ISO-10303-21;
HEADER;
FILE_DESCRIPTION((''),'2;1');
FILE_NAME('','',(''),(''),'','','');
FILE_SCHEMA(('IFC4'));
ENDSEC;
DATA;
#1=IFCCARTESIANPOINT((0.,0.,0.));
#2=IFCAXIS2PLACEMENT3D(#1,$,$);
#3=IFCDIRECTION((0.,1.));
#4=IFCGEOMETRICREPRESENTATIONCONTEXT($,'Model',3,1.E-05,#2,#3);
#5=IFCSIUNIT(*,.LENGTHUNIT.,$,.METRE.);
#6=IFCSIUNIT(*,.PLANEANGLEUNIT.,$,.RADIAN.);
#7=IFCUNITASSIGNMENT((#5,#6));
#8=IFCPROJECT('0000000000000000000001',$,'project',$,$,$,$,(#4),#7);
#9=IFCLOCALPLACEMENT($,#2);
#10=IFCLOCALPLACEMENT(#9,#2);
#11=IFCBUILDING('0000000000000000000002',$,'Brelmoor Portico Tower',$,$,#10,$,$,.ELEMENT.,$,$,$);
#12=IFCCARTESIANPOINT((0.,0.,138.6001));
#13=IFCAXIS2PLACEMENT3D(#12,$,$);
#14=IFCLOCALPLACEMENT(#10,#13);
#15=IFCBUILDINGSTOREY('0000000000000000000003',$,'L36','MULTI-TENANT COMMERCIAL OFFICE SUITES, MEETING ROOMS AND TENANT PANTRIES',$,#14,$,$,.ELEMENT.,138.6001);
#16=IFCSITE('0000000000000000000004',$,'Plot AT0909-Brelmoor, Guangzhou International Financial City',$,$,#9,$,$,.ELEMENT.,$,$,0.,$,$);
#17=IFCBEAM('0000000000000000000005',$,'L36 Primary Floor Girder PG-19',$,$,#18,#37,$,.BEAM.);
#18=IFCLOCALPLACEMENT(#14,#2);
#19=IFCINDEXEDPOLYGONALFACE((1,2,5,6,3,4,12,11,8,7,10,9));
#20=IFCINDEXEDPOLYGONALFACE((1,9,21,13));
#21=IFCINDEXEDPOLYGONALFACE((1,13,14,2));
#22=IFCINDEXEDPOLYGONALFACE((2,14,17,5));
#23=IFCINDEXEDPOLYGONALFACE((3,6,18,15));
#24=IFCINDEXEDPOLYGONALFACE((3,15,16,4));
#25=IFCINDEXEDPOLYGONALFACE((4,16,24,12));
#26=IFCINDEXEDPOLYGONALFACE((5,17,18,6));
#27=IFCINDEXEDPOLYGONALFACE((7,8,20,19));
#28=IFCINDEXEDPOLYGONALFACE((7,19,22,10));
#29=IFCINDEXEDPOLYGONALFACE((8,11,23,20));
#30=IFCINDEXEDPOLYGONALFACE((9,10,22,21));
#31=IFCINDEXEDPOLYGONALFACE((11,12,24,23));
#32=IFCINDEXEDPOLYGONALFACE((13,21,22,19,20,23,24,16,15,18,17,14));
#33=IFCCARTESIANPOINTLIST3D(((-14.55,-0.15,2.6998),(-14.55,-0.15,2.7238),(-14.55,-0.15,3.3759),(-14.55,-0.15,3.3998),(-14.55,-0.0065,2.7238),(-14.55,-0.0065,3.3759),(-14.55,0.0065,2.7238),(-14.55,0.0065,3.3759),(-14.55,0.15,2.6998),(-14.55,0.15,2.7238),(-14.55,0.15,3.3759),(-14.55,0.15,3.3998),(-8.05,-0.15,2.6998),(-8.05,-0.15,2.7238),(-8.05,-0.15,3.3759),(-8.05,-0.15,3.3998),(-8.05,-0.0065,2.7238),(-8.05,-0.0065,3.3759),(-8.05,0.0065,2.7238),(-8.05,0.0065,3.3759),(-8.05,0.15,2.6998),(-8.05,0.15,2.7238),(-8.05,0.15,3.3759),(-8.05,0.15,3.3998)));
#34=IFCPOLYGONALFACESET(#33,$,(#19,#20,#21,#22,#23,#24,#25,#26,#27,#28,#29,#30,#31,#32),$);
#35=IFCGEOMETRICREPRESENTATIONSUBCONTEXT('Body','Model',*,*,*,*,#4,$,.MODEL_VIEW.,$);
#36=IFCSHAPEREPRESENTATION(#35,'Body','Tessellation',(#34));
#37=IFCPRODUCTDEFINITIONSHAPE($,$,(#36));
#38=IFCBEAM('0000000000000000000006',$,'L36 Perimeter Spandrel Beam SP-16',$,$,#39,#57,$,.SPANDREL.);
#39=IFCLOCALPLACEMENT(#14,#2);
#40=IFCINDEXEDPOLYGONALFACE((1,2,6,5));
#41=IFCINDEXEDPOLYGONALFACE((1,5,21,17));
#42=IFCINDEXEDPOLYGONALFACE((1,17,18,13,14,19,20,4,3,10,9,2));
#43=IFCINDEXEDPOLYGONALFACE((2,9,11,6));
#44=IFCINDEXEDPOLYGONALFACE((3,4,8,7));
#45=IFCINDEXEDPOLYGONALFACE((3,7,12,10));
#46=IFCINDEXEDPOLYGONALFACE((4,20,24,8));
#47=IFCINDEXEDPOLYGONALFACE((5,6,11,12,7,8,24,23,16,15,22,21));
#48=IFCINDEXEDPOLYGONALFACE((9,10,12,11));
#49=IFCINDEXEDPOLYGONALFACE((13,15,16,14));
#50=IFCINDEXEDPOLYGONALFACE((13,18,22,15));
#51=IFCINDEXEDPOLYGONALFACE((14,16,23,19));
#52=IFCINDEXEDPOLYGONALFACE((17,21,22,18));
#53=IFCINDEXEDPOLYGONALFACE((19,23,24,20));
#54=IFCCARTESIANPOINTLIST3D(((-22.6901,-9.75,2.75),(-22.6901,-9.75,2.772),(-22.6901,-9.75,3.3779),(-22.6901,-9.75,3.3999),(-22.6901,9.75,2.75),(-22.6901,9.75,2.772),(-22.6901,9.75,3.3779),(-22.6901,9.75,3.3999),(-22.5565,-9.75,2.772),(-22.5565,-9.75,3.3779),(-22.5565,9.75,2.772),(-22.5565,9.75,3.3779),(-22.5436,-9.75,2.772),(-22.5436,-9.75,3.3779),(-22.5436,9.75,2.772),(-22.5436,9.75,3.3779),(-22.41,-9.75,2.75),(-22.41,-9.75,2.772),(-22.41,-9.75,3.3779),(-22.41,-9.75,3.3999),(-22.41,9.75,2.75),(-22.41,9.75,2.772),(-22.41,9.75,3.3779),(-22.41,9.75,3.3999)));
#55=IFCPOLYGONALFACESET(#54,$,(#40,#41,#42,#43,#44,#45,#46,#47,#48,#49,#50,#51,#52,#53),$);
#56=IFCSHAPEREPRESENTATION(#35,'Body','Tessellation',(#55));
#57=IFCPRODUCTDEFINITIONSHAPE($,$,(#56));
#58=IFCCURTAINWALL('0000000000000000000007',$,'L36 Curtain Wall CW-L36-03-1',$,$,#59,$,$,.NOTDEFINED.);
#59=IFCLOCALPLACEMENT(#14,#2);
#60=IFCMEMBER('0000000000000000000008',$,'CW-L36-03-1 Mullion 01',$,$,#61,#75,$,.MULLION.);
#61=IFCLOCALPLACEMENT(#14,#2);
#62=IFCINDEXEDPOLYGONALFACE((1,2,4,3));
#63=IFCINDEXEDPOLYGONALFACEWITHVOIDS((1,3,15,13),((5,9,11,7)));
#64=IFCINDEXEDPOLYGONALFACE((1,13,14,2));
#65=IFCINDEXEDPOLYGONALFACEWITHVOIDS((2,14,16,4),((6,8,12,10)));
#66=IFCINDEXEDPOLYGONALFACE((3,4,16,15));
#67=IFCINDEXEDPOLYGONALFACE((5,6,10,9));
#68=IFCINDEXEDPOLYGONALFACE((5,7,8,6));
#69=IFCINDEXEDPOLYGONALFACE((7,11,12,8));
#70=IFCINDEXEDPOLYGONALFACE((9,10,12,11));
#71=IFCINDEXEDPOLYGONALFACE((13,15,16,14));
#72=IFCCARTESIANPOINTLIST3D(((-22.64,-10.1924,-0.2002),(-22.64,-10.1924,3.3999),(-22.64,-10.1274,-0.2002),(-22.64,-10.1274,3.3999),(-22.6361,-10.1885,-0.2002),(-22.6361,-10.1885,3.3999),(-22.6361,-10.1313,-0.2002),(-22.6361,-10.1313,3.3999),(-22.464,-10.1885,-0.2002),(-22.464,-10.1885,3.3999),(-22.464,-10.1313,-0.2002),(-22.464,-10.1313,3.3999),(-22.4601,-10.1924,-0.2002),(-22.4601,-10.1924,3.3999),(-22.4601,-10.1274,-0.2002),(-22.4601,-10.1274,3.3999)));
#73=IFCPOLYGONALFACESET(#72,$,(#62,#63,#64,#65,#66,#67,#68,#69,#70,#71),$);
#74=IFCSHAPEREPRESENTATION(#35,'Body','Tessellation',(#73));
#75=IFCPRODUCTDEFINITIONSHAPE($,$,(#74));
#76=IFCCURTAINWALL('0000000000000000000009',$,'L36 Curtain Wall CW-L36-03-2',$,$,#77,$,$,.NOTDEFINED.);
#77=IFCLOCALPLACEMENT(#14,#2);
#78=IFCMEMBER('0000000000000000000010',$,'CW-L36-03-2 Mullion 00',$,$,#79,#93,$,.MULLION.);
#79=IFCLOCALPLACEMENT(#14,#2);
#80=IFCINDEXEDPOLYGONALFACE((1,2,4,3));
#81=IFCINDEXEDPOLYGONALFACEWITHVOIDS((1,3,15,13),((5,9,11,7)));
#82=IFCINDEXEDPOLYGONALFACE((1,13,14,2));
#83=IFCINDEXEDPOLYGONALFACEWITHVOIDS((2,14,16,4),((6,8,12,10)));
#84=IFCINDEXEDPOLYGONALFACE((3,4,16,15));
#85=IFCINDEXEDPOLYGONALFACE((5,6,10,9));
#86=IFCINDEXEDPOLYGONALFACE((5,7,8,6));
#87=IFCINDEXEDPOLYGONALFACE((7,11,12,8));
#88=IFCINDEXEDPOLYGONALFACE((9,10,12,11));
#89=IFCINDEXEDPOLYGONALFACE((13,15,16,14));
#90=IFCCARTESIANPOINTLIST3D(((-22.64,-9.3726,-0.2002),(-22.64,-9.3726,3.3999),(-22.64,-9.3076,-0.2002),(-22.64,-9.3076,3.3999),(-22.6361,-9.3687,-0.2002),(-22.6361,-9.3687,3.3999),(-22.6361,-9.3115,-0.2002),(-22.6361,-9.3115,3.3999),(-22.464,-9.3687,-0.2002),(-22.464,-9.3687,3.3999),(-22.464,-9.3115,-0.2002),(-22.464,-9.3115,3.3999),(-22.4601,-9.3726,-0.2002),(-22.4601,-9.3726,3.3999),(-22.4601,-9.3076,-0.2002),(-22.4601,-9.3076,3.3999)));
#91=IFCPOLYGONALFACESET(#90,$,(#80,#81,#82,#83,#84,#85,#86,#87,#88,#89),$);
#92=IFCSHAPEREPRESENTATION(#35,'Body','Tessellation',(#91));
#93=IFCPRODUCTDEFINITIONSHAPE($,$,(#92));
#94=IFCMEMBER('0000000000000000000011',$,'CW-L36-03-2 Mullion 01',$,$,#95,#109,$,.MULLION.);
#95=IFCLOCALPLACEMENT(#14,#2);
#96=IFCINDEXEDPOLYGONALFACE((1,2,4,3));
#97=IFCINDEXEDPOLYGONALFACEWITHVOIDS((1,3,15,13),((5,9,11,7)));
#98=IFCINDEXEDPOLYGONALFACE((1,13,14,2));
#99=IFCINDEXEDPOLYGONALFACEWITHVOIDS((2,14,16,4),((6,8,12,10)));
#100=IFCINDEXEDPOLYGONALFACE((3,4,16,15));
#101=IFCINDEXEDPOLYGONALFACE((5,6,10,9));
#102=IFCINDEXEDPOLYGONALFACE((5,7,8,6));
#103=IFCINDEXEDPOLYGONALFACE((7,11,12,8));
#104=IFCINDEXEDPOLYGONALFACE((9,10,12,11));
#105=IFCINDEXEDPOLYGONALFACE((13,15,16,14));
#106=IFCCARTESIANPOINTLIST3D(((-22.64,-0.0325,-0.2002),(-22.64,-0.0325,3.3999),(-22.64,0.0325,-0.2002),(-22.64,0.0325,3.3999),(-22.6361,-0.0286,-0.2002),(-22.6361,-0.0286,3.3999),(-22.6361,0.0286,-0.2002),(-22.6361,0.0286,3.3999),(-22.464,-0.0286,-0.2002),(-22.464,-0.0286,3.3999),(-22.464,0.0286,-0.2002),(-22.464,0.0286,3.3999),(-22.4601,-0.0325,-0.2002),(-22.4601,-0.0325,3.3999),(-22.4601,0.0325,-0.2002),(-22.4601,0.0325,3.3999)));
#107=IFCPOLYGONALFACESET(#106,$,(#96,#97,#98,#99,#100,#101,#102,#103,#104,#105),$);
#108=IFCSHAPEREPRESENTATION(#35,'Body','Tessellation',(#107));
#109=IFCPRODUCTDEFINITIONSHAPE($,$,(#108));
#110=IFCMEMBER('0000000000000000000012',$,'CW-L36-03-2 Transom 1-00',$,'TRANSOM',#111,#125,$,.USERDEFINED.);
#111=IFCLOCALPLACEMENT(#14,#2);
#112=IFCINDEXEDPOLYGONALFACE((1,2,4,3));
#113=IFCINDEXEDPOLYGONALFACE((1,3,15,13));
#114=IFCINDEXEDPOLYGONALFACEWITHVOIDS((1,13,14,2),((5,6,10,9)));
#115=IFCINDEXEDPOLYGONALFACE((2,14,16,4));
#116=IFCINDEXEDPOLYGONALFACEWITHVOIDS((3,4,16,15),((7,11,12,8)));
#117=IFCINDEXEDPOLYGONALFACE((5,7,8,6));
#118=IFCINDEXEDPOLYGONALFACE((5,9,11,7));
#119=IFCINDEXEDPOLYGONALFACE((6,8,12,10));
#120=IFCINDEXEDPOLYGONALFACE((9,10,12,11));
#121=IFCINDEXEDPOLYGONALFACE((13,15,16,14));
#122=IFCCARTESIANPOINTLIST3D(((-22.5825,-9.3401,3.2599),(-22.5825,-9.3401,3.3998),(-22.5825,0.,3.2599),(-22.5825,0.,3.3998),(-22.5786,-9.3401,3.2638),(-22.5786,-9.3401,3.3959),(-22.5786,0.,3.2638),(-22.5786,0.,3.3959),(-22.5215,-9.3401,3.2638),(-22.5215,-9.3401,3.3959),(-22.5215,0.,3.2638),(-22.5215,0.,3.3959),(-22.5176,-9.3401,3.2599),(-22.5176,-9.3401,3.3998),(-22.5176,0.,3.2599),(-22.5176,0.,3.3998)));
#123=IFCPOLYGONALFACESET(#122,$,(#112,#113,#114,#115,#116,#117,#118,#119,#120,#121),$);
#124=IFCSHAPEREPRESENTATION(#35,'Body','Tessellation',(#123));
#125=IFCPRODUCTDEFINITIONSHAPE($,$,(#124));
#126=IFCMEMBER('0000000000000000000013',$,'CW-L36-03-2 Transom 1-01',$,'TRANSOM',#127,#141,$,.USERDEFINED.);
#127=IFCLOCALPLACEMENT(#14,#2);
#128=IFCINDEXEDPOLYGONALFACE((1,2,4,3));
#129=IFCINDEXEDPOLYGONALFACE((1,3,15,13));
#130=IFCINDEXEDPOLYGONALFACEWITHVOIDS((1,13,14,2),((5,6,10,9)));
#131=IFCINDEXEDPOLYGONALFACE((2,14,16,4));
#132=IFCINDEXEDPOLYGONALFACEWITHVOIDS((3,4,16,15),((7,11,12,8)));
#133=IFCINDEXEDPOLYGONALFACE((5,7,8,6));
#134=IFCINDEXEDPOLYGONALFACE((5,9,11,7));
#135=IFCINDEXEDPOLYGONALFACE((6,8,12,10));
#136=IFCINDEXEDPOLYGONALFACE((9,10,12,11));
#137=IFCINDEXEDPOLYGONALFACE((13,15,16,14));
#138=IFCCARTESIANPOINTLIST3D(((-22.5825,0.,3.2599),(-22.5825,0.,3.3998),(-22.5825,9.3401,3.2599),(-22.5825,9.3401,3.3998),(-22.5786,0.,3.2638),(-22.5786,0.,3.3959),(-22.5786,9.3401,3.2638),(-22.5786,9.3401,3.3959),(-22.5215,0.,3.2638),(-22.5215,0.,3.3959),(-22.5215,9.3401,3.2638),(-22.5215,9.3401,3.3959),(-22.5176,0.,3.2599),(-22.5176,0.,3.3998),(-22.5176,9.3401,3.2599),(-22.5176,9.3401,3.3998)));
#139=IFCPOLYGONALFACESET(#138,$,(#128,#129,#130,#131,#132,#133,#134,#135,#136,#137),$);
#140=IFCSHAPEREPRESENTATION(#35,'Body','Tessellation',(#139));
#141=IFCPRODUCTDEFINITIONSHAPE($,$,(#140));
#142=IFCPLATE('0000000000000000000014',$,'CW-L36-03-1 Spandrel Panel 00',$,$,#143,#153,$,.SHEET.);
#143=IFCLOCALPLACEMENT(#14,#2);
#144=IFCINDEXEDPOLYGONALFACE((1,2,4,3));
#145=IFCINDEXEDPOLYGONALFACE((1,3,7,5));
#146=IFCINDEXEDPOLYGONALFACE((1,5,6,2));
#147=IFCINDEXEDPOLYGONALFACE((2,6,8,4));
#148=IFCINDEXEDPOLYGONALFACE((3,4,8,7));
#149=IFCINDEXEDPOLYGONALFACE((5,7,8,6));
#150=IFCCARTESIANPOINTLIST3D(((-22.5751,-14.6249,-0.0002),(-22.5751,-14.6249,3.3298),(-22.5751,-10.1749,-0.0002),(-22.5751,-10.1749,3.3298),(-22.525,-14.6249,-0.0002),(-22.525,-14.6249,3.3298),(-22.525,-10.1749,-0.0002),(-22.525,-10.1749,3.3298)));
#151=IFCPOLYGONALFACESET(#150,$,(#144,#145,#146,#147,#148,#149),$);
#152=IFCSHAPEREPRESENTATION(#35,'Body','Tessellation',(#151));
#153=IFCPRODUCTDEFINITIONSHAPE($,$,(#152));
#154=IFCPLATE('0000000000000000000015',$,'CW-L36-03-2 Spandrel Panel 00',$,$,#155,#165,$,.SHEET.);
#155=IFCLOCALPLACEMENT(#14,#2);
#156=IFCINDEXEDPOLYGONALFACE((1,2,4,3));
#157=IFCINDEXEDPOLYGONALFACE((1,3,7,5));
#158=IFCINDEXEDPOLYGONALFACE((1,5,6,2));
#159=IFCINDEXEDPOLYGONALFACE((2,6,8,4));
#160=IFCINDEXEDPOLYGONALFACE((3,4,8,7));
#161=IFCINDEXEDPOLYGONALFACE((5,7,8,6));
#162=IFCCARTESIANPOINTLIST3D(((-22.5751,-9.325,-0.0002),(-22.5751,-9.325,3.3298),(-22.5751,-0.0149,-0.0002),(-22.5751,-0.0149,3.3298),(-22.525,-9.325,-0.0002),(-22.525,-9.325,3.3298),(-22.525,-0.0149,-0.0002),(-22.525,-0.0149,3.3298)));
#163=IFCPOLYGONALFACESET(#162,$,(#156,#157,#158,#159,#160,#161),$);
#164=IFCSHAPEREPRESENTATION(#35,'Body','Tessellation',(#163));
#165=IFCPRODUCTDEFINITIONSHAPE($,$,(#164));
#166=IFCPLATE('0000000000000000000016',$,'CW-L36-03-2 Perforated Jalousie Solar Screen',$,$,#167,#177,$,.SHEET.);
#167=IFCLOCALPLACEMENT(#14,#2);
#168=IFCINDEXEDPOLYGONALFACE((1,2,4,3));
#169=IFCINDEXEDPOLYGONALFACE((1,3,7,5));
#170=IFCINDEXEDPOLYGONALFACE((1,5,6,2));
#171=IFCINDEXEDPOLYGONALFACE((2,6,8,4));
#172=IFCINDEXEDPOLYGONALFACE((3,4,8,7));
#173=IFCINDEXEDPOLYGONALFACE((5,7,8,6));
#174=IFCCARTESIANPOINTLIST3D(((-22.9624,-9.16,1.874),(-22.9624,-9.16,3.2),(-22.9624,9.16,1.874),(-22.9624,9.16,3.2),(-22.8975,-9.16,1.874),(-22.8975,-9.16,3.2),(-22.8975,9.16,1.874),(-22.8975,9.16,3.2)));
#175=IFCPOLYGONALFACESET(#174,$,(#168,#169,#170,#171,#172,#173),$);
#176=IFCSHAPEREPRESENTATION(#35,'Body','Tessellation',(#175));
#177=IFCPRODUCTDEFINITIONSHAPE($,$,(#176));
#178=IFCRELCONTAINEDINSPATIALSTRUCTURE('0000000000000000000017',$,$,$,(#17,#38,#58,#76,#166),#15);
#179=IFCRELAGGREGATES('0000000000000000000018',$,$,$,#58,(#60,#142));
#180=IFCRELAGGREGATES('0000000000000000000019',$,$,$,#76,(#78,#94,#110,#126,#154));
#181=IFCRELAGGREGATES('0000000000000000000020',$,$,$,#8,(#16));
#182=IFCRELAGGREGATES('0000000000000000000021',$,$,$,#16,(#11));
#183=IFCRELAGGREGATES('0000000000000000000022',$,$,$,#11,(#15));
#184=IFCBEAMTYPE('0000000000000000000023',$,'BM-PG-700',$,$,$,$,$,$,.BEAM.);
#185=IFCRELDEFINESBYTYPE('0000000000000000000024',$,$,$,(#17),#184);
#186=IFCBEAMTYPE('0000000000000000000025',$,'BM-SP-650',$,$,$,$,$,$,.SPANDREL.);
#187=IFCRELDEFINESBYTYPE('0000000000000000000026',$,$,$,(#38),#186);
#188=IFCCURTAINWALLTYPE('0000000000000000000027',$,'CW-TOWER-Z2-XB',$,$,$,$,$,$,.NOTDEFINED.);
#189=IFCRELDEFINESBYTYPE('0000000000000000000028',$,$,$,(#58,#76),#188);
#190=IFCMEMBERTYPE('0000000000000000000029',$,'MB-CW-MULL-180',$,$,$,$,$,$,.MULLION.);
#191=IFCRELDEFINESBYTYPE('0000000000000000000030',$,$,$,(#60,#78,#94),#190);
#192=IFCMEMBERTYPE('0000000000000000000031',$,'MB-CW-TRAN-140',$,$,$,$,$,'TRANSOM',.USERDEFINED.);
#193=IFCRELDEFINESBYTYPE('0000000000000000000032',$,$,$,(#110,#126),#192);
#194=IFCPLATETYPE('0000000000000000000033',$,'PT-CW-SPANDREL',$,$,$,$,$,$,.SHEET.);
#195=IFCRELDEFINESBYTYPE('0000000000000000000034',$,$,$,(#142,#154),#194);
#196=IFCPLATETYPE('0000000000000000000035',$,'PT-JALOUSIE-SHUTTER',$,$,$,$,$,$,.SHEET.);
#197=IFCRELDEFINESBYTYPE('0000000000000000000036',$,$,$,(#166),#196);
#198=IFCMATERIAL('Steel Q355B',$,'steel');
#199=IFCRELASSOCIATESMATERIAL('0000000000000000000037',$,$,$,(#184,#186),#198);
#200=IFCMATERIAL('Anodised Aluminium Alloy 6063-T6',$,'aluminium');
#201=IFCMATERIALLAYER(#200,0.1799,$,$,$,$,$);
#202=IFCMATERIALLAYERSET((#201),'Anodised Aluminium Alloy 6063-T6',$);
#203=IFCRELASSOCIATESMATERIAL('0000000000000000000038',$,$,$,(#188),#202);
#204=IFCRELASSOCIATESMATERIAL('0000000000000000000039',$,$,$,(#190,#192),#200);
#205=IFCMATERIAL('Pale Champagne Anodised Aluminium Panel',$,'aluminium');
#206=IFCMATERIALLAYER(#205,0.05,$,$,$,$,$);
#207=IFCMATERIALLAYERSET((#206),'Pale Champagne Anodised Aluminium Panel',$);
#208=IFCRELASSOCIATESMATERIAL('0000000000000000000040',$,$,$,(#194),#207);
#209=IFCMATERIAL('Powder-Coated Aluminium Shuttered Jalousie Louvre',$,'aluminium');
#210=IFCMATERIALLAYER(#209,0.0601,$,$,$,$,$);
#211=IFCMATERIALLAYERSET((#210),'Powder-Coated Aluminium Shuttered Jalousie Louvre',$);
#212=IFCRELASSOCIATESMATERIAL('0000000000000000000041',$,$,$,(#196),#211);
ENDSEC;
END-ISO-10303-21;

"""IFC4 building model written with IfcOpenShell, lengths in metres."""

from ifc_helpers import new_model, si_unit, direction, frame, origin, origin_2d, place, context, subcontext, project, spatial, rectangle, hollow_rectangle, i_section, extrude, material, layer, layer_set, material_profile, profile_set, type_object, element, aggregate, save


model = new_model("IFC4")

# Units and contexts
model_context = context("Model", 3, precision=1e-05, world=origin(), true_north=direction((0.0, 1.0)))
body_context = subcontext(model_context, "Body", "Model", "MODEL_VIEW")
ifc_project = project(units=[si_unit("LENGTHUNIT", "METRE"), si_unit("PLANEANGLEUNIT", "RADIAN")], contexts=[model_context])

# Site, building, storey
site_placement = place(None, origin())
site = spatial("IfcSite", under=ifc_project, at=site_placement, Name="Plot AT0909-Brelmoor, Guangzhou International Financial City", CompositionType="ELEMENT", RefElevation=0.0)
building_placement = place(site_placement, origin())
building = spatial("IfcBuilding", under=site, at=building_placement, Name="Brelmoor Portico Tower", CompositionType="ELEMENT")
storey_placement = place(building_placement, frame((0.0, 0.0, 138.6001)))
storey = spatial("IfcBuildingStorey", under=building, at=storey_placement, Name="L36", Description="MULTI-TENANT COMMERCIAL OFFICE SUITES, MEETING ROOMS AND TENANT PANTRIES", CompositionType="ELEMENT", Elevation=138.6001)

# Shared definitions
ifc_material_1 = material(Name="Steel Q355B", Category="steel")

# Beams
ifc_material_profile_1 = material_profile(ifc_material_1, i_section(OverallWidth=0.3, OverallDepth=0.7, WebThickness=0.0129, FlangeThickness=0.0239, at=origin_2d()), Name="HN 700x300x13x24")
ifc_profile_set_1 = profile_set([ifc_material_profile_1], Name="Steel Q355B")
beam_type_1 = type_object("IfcBeamType", Name="BM-PG-700", PredefinedType="BEAM", material=ifc_profile_set_1)
for number, where, z_axis, x_axis, name in (
    (1, (-14.55, 0.0, 3.0498), (1.0, 0.0, 0.0), (0.0, 1.0, 0.0), "L36 Primary Floor Girder PG-19"),
):
    element("IfcBeam", number, at=place(storey_placement, frame(where, z_axis=z_axis, x_axis=x_axis)), inside=storey, type_object=beam_type_1, Name=name, PredefinedType="BEAM", context=body_context, shape_type="SweptSolid", body=[
        extrude(i_section(OverallWidth=0.3, OverallDepth=0.7, WebThickness=0.0129, FlangeThickness=0.0239, at=origin_2d()), origin(), (0.0, 0.0, 1.0), 6.5),
    ])
ifc_material_profile_2 = material_profile(ifc_material_1, i_section(OverallWidth=0.28, OverallDepth=0.6499, WebThickness=0.0129, FlangeThickness=0.022, at=origin_2d()), Name="HN 650x280x13x22")
ifc_profile_set_2 = profile_set([ifc_material_profile_2], Name="Steel Q355B")
beam_type_2 = type_object("IfcBeamType", Name="BM-SP-650", PredefinedType="SPANDREL", material=ifc_profile_set_2)
beam_1_placement = place(storey_placement, frame((-22.55, -9.75, 3.075), z_axis=(0.0, 1.0, 0.0), x_axis=(-1.0, 0.0, 0.0)))
element("IfcBeam", 2, at=beam_1_placement, inside=storey, type_object=beam_type_2, Name="L36 Perimeter Spandrel Beam SP-16", PredefinedType="SPANDREL", context=body_context, shape_type="SweptSolid", body=[
    extrude(i_section(OverallWidth=0.28, OverallDepth=0.6499, WebThickness=0.0129, FlangeThickness=0.022, at=origin_2d()), origin(), (0.0, 0.0, 1.0), 19.5),
])

# Curtain wall, member
ifc_material_2 = material(Name="Anodised Aluminium Alloy 6063-T6", Category="aluminium")
ifc_layer_1 = layer(ifc_material_2, 0.1799)
ifc_layer_set_1 = layer_set([ifc_layer_1], Name="Anodised Aluminium Alloy 6063-T6")
curtain_wall_type = type_object("IfcCurtainWallType", Name="CW-TOWER-Z2-XB", PredefinedType="NOTDEFINED", material=ifc_layer_set_1)
curtain_wall_1_placement = place(storey_placement, origin())
curtain_wall_1 = element("IfcCurtainWall", 3, at=curtain_wall_1_placement, inside=storey, type_object=curtain_wall_type, Name="L36 Curtain Wall CW-L36-03-1", PredefinedType="NOTDEFINED")
ifc_material_profile_3 = material_profile(ifc_material_2, hollow_rectangle(XDim=0.0649, YDim=0.1799, WallThickness=0.0039, at=origin_2d()), Name="ALU MULLION 65x180")
ifc_profile_set_3 = profile_set([ifc_material_profile_3], Name="Anodised Aluminium Alloy 6063-T6")
member_type_1 = type_object("IfcMemberType", Name="MB-CW-MULL-180", PredefinedType="MULLION", material=ifc_profile_set_3)
member_1_placement = place(storey_placement, frame((-22.55, -10.1599, -0.2002), z_axis=(0.0, 0.0, 1.0), x_axis=(0.0, 1.0, 0.0)))
member_1 = element("IfcMember", 4, at=member_1_placement, type_object=member_type_1, Name="CW-L36-03-1 Mullion 01", PredefinedType="MULLION", context=body_context, shape_type="SweptSolid", body=[
    extrude(hollow_rectangle(XDim=0.0649, YDim=0.1799, WallThickness=0.0039, at=origin_2d()), origin(), (0.0, 0.0, 1.0), 3.6001),
])

# Curtain wall, members
curtain_wall_2_placement = place(storey_placement, origin())
curtain_wall_2 = element("IfcCurtainWall", 5, at=curtain_wall_2_placement, inside=storey, type_object=curtain_wall_type, Name="L36 Curtain Wall CW-L36-03-2", PredefinedType="NOTDEFINED")
member_2_placement = place(storey_placement, frame((-22.55, -9.3401, -0.2002), z_axis=(0.0, 0.0, 1.0), x_axis=(0.0, 1.0, 0.0)))
member_2 = element("IfcMember", 6, at=member_2_placement, type_object=member_type_1, Name="CW-L36-03-2 Mullion 00", PredefinedType="MULLION", context=body_context, shape_type="SweptSolid", body=[
    extrude(hollow_rectangle(XDim=0.0649, YDim=0.1799, WallThickness=0.0039, at=origin_2d()), origin(), (0.0, 0.0, 1.0), 3.6001),
])
member_3_placement = place(storey_placement, frame((-22.55, 0.0, -0.2002), z_axis=(0.0, 0.0, 1.0), x_axis=(0.0, 1.0, 0.0)))
member_3 = element("IfcMember", 7, at=member_3_placement, type_object=member_type_1, Name="CW-L36-03-2 Mullion 01", PredefinedType="MULLION", context=body_context, shape_type="SweptSolid", body=[
    extrude(hollow_rectangle(XDim=0.0649, YDim=0.1799, WallThickness=0.0039, at=origin_2d()), origin(), (0.0, 0.0, 1.0), 3.6001),
])
ifc_material_profile_4 = material_profile(ifc_material_2, hollow_rectangle(XDim=0.0649, YDim=0.1399, WallThickness=0.0039, at=origin_2d()), Name="ALU TRANSOM 65x140")
ifc_profile_set_4 = profile_set([ifc_material_profile_4], Name="Anodised Aluminium Alloy 6063-T6")
member_type_2 = type_object("IfcMemberType", Name="MB-CW-TRAN-140", ElementType="TRANSOM", PredefinedType="USERDEFINED", material=ifc_profile_set_4)
member_4_placement = place(storey_placement, frame((-22.55, -9.3401, 3.3298), z_axis=(0.0, 1.0, 0.0), x_axis=(-1.0, 0.0, 0.0)))
member_4 = element("IfcMember", 8, at=member_4_placement, type_object=member_type_2, Name="CW-L36-03-2 Transom 1-00", ObjectType="TRANSOM", PredefinedType="USERDEFINED", context=body_context, shape_type="SweptSolid", body=[
    extrude(hollow_rectangle(XDim=0.0649, YDim=0.1399, WallThickness=0.0039, at=origin_2d()), origin(), (0.0, 0.0, 1.0), 9.3401),
])
member_5_placement = place(storey_placement, frame((-22.55, 0.0, 3.3298), z_axis=(0.0, 1.0, 0.0), x_axis=(-1.0, 0.0, 0.0)))
member_5 = element("IfcMember", 9, at=member_5_placement, type_object=member_type_2, Name="CW-L36-03-2 Transom 1-01", ObjectType="TRANSOM", PredefinedType="USERDEFINED", context=body_context, shape_type="SweptSolid", body=[
    extrude(hollow_rectangle(XDim=0.0649, YDim=0.1399, WallThickness=0.0039, at=origin_2d()), origin(), (0.0, 0.0, 1.0), 9.3401),
])

# Plates
ifc_material_3 = material(Name="Pale Champagne Anodised Aluminium Panel", Category="aluminium")
ifc_layer_2 = layer(ifc_material_3, 0.05)
ifc_layer_set_2 = layer_set([ifc_layer_2], Name="Pale Champagne Anodised Aluminium Panel")
plate_type_1 = type_object("IfcPlateType", Name="PT-CW-SPANDREL", PredefinedType="SHEET", material=ifc_layer_set_2)
plate_1_placement = place(storey_placement, frame((-22.55, -12.3999, -0.0002), z_axis=(0.0, 0.0, 1.0), x_axis=(0.0, 1.0, 0.0)))
plate_1 = element("IfcPlate", 10, at=plate_1_placement, type_object=plate_type_1, Name="CW-L36-03-1 Spandrel Panel 00", PredefinedType="SHEET", context=body_context, shape_type="SweptSolid", body=[
    extrude(rectangle(XDim=4.45, YDim=0.05, at=origin_2d()), origin(), (0.0, 0.0, 1.0), 3.3301),
])
aggregate(curtain_wall_1, [member_1, plate_1])
plate_2_placement = place(storey_placement, frame((-22.55, -4.6699, -0.0002), z_axis=(0.0, 0.0, 1.0), x_axis=(0.0, 1.0, 0.0)))
plate_2 = element("IfcPlate", 11, at=plate_2_placement, type_object=plate_type_1, Name="CW-L36-03-2 Spandrel Panel 00", PredefinedType="SHEET", context=body_context, shape_type="SweptSolid", body=[
    extrude(rectangle(XDim=9.3101, YDim=0.05, at=origin_2d()), origin(), (0.0, 0.0, 1.0), 3.3301),
])
aggregate(curtain_wall_2, [member_2, member_3, member_4, member_5, plate_2])

# Plate
ifc_material_4 = material(Name="Powder-Coated Aluminium Shuttered Jalousie Louvre", Category="aluminium")
ifc_layer_3 = layer(ifc_material_4, 0.0601)
ifc_layer_set_3 = layer_set([ifc_layer_3], Name="Powder-Coated Aluminium Shuttered Jalousie Louvre")
plate_type_2 = type_object("IfcPlateType", Name="PT-JALOUSIE-SHUTTER", PredefinedType="SHEET", material=ifc_layer_set_3)
plate_3_placement = place(storey_placement, frame((-22.9299, 0.0, 1.874), z_axis=(0.0, 0.0, 1.0), x_axis=(0.0, 1.0, 0.0)))
element("IfcPlate", 12, at=plate_3_placement, inside=storey, type_object=plate_type_2, Name="CW-L36-03-2 Perforated Jalousie Solar Screen", PredefinedType="SHEET", context=body_context, shape_type="SweptSolid", body=[
    extrude(rectangle(XDim=18.3201, YDim=0.0649, at=origin_2d()), origin(), (0.0, 0.0, 1.0), 1.3259),
])

save(model, "model.ifc")
